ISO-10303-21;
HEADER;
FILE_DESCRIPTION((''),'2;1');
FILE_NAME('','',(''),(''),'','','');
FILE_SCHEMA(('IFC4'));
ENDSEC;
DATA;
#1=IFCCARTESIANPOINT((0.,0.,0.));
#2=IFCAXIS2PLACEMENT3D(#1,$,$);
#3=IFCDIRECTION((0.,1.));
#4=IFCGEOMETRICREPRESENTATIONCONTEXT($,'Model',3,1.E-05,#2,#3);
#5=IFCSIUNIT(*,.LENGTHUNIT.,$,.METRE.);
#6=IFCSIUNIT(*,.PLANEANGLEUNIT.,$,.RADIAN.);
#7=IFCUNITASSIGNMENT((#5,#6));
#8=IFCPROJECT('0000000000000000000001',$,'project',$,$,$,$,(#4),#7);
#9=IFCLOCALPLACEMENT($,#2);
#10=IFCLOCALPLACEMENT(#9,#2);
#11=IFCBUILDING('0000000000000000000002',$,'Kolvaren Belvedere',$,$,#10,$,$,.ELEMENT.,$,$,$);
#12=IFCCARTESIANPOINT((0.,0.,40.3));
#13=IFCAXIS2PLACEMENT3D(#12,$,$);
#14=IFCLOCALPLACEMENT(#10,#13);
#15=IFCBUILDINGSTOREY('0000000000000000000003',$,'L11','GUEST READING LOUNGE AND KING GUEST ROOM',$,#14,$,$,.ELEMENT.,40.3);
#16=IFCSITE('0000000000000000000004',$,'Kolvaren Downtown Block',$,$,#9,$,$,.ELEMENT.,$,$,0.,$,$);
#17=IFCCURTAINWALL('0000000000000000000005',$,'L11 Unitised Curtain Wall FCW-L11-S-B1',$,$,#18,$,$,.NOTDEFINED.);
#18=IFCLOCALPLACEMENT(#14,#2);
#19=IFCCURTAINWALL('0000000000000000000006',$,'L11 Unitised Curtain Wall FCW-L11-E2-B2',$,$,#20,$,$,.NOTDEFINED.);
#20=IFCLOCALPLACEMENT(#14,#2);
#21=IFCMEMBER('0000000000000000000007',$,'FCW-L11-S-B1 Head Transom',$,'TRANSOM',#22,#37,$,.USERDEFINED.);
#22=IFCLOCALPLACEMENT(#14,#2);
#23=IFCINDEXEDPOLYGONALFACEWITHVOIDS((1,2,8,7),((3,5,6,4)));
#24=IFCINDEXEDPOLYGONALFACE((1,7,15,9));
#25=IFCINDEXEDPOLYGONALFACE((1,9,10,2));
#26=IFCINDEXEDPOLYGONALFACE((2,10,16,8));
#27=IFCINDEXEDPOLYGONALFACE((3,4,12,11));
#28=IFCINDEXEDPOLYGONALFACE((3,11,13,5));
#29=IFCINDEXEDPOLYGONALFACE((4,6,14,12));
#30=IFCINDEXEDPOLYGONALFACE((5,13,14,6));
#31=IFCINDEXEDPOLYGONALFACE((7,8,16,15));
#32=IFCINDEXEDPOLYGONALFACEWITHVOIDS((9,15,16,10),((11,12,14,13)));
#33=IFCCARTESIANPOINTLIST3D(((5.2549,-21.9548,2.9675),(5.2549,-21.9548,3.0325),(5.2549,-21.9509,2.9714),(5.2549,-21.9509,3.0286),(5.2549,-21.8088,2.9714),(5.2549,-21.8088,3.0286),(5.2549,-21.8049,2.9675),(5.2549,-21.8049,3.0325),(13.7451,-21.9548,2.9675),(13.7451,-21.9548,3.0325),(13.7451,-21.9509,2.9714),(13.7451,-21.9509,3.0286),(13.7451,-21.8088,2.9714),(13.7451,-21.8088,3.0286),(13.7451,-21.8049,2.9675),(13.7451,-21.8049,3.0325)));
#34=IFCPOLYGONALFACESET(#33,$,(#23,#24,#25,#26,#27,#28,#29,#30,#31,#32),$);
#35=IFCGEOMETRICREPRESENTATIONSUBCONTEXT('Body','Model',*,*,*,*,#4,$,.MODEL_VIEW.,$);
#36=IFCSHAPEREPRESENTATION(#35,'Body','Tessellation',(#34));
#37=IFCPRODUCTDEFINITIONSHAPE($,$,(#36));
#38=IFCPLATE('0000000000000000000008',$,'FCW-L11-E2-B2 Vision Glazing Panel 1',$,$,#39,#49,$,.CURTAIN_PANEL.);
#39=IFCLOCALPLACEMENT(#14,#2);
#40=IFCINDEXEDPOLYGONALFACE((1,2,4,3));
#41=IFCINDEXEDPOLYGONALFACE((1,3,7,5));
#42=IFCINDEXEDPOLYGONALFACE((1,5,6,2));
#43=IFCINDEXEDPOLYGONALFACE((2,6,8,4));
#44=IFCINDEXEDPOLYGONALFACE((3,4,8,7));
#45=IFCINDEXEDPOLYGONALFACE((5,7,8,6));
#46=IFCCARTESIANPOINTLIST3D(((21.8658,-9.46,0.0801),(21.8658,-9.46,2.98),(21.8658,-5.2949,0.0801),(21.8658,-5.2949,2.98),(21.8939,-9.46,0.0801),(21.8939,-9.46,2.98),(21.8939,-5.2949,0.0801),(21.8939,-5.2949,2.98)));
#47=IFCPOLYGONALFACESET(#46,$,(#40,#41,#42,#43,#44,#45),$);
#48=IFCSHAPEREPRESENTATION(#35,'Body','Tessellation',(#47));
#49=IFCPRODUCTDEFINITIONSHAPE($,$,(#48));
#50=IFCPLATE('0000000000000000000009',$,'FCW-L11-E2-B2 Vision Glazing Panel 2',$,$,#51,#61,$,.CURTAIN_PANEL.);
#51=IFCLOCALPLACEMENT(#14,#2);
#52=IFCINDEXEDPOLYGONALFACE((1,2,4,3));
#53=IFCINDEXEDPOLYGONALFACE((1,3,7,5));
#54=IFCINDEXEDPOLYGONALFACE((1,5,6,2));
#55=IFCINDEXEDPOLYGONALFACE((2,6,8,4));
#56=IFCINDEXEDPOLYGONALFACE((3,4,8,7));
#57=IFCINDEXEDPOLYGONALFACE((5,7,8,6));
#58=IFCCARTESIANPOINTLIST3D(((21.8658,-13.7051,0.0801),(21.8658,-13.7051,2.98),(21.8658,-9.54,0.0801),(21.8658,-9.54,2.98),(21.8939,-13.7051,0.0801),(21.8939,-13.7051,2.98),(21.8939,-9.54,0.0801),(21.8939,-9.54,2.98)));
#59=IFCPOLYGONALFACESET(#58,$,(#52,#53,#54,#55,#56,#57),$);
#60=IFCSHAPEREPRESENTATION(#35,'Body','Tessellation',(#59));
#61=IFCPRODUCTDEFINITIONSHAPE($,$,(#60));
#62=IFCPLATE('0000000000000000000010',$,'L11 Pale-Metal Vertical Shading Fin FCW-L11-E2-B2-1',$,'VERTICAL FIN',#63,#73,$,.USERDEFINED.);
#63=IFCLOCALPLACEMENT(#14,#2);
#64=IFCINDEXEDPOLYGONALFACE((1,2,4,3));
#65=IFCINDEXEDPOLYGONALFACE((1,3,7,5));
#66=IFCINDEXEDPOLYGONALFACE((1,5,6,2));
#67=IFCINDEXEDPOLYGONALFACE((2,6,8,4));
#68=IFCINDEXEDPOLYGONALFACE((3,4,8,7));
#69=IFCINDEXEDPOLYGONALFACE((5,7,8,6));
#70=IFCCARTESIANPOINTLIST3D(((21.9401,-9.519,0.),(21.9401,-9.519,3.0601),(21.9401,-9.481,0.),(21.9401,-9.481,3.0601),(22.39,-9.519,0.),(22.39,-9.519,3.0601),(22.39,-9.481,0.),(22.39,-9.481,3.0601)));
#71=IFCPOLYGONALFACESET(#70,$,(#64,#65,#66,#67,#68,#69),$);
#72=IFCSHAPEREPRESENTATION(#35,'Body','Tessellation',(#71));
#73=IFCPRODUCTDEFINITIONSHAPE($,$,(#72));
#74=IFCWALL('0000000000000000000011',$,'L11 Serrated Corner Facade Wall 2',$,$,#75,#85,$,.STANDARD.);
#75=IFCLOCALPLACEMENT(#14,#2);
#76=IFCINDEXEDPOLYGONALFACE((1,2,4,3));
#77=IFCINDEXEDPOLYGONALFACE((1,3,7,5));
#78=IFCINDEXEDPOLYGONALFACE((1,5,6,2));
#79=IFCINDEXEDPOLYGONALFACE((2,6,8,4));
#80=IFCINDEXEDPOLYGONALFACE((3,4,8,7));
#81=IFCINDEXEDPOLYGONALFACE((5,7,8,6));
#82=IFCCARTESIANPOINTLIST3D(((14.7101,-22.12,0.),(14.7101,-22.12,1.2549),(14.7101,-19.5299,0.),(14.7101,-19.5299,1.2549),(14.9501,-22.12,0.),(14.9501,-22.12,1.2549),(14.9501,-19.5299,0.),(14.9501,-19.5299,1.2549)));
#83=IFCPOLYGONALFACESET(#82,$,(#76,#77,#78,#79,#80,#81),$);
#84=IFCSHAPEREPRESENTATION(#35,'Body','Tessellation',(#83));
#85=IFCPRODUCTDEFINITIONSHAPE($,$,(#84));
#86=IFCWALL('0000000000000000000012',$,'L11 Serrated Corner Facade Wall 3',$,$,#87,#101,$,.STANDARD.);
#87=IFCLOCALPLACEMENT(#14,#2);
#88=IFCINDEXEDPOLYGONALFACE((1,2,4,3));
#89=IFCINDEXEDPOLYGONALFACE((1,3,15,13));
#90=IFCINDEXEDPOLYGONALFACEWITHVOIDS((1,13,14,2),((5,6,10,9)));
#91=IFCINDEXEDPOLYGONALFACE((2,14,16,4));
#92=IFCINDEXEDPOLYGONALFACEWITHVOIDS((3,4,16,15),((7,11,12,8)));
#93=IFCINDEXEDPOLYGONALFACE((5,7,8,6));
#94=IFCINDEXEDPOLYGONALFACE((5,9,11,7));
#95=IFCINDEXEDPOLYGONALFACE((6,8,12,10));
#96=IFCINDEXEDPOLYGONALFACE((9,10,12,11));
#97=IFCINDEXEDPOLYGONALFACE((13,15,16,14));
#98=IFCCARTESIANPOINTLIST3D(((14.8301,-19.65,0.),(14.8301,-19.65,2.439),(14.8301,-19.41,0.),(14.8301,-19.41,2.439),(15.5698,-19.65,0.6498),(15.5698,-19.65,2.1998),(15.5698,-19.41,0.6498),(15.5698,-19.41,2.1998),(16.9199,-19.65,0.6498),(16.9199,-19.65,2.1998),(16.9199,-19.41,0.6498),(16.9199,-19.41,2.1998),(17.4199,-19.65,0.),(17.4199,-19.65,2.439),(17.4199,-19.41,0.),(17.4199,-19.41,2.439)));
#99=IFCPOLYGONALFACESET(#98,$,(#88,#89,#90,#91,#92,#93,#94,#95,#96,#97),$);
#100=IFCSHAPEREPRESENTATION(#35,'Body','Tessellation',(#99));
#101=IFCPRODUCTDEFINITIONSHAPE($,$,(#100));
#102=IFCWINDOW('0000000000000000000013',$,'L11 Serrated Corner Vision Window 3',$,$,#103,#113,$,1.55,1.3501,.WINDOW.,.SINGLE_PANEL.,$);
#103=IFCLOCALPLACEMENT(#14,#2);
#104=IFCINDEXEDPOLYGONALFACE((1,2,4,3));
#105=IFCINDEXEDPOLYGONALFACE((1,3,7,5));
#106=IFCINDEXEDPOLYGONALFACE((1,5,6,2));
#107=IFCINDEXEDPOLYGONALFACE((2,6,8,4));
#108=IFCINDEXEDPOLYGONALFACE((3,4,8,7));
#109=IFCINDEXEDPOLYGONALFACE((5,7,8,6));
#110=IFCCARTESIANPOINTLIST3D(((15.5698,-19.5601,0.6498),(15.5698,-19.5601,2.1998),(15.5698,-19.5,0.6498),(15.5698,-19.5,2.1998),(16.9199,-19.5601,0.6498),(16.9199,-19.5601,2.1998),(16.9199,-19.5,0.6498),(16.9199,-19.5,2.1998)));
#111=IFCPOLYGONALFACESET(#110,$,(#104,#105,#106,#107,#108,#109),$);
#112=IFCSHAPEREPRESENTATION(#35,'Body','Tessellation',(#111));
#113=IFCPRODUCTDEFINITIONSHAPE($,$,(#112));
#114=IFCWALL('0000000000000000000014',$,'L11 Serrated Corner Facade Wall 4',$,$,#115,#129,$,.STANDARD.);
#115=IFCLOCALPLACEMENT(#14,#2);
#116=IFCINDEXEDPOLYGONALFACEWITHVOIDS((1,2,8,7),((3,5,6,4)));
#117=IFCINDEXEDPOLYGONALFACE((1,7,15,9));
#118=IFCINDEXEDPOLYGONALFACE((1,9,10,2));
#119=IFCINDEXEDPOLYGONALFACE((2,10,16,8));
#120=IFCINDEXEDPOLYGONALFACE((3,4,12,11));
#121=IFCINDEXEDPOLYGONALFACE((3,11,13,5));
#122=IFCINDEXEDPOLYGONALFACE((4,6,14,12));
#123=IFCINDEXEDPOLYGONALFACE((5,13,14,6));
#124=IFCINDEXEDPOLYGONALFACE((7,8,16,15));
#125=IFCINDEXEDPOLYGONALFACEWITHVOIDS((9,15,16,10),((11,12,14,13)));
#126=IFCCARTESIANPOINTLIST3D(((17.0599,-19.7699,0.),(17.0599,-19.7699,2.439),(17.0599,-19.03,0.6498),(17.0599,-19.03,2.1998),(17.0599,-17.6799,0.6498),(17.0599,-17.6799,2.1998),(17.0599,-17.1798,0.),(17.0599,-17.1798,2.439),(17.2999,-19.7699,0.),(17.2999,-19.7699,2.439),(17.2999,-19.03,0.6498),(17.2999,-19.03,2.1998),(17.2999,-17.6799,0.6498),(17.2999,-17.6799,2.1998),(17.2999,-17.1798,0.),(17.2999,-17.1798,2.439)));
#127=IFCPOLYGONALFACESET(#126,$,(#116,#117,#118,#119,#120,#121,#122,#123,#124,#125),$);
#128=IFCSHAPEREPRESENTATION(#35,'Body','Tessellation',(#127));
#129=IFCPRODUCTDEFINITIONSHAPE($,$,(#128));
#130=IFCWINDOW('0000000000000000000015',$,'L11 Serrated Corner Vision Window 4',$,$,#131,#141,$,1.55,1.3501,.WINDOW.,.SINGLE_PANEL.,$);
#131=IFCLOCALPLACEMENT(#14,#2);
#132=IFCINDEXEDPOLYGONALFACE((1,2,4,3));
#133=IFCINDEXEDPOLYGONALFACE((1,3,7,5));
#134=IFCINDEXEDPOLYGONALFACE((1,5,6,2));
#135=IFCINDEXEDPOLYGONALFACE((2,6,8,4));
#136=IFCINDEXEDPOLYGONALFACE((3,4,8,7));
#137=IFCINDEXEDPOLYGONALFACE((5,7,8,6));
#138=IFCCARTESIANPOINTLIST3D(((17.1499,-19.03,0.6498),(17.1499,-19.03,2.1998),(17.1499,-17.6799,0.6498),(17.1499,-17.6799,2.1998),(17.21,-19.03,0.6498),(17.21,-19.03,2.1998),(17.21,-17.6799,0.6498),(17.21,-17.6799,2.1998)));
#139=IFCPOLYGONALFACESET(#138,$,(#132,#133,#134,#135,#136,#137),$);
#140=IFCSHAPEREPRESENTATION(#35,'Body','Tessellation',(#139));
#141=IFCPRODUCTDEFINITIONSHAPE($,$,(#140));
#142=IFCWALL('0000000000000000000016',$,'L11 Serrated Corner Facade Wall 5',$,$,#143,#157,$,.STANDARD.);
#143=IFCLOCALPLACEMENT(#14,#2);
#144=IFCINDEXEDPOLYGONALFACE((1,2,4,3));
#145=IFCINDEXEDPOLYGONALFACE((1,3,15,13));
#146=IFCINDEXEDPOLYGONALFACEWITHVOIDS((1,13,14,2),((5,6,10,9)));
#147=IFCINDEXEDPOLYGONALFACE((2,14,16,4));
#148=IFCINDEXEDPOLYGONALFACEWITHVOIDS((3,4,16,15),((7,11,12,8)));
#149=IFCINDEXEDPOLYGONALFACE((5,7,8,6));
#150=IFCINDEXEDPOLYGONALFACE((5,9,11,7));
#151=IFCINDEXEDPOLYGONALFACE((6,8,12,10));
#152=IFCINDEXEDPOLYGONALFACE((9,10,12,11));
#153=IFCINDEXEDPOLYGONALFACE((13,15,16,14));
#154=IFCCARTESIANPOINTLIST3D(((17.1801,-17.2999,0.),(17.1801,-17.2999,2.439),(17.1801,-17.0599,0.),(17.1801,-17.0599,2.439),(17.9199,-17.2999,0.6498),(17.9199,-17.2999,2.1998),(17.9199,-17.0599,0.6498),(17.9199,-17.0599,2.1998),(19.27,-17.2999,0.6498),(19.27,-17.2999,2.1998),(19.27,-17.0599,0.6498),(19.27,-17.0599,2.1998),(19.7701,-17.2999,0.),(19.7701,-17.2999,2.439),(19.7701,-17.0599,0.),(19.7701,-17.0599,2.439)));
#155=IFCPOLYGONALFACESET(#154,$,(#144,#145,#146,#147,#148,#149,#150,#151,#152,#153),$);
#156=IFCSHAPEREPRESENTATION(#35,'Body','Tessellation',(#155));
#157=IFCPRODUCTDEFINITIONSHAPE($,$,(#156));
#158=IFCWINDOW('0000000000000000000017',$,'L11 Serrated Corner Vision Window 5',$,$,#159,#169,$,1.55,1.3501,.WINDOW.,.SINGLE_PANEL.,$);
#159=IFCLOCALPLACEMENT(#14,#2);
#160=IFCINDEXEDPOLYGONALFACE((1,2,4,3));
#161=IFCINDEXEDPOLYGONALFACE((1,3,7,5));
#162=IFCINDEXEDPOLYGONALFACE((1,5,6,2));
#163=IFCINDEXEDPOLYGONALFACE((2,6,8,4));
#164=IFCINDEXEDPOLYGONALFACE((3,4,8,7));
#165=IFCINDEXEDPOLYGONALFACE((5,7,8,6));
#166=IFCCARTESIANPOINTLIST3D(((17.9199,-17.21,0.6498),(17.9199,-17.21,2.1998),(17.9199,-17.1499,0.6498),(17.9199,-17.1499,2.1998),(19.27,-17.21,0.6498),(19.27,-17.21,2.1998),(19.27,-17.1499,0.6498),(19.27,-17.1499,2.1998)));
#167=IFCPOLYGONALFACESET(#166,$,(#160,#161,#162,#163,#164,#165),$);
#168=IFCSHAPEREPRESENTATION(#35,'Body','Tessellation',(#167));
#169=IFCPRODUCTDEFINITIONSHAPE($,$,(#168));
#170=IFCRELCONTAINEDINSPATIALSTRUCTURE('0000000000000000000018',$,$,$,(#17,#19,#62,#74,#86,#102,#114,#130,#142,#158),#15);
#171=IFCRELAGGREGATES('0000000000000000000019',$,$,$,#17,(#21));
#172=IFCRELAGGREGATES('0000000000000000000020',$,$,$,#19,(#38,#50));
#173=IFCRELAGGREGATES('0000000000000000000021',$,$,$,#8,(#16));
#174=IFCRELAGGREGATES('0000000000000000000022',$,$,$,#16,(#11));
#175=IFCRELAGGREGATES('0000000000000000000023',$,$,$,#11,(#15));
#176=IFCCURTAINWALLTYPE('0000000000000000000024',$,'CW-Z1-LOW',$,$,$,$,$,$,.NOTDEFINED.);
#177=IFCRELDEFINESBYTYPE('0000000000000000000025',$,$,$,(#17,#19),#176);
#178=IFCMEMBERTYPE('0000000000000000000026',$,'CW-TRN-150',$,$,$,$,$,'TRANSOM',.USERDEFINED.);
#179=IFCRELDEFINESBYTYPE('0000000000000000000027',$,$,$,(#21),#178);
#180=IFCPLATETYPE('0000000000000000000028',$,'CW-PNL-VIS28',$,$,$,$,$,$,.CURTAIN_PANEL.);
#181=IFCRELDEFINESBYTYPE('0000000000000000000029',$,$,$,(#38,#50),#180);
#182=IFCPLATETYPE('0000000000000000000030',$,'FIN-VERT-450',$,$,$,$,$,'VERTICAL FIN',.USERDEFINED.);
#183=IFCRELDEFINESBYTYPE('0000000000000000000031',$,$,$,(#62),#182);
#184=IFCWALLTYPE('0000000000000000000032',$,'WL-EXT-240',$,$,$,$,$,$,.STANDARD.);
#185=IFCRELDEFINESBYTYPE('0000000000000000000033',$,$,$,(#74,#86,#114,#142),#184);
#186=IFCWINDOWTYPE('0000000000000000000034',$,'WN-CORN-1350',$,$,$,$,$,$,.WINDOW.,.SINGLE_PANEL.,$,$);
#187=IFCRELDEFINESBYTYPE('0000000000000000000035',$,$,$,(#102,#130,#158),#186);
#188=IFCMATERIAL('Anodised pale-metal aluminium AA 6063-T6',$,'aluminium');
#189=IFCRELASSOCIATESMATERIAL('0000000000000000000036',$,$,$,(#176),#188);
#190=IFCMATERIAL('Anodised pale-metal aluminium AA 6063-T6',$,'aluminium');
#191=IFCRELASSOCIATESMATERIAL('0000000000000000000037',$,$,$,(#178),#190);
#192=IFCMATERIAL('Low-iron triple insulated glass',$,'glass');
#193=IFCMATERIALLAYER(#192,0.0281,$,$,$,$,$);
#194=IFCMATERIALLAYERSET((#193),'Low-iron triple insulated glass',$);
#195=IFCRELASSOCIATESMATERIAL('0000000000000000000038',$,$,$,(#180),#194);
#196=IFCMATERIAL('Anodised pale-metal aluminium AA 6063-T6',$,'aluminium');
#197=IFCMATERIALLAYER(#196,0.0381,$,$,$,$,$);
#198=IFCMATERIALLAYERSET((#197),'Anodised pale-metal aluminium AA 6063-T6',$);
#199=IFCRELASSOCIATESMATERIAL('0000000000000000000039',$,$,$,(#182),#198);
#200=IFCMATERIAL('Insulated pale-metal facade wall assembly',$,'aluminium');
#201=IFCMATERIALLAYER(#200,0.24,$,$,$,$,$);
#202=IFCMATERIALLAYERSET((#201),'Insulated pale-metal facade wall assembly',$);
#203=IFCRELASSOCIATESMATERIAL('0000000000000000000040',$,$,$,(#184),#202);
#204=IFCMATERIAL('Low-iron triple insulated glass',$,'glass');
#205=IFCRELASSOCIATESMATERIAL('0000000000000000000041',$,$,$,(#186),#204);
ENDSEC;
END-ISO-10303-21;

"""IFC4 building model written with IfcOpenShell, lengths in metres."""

from ifc_helpers import new_model, si_unit, direction, frame, frame_2d, origin, origin_2d, place, context, subcontext, project, spatial, rectangle, hollow_rectangle, extrude, material, layer, layer_set, material_profile, profile_set, type_object, element, fill, aggregate, save


model = new_model("IFC4")

# Units and contexts
model_context = context("Model", 3, precision=1e-05, world=origin(), true_north=direction((0.0, 1.0)))
body_context = subcontext(model_context, "Body", "Model", "MODEL_VIEW")
ifc_project = project(units=[si_unit("LENGTHUNIT", "METRE"), si_unit("PLANEANGLEUNIT", "RADIAN")], contexts=[model_context])

# Site, building, storey
site_placement = place(None, origin())
site = spatial("IfcSite", under=ifc_project, at=site_placement, Name="Kolvaren Downtown Block", CompositionType="ELEMENT", RefElevation=0.0)
building_placement = place(site_placement, origin())
building = spatial("IfcBuilding", under=site, at=building_placement, Name="Kolvaren Belvedere", CompositionType="ELEMENT")
storey_placement = place(building_placement, frame((0.0, 0.0, 40.3)))
storey = spatial("IfcBuildingStorey", under=building, at=storey_placement, Name="L11", Description="GUEST READING LOUNGE AND KING GUEST ROOM", CompositionType="ELEMENT", Elevation=40.3)

# Curtain wall
ifc_material_1 = material(Name="Anodised pale-metal aluminium AA 6063-T6", Category="aluminium")
curtain_wall_type = type_object("IfcCurtainWallType", Name="CW-Z1-LOW", PredefinedType="NOTDEFINED", material=ifc_material_1)
curtain_wall_1_placement = place(storey_placement, origin())
curtain_wall_1 = element("IfcCurtainWall", 1, at=curtain_wall_1_placement, inside=storey, type_object=curtain_wall_type, Name="L11 Unitised Curtain Wall FCW-L11-S-B1", PredefinedType="NOTDEFINED")

# Curtain wall
curtain_wall_2_placement = place(storey_placement, origin())
curtain_wall_2 = element("IfcCurtainWall", 2, at=curtain_wall_2_placement, inside=storey, type_object=curtain_wall_type, Name="L11 Unitised Curtain Wall FCW-L11-E2-B2", PredefinedType="NOTDEFINED")

# Member
ifc_material_2 = material(Name="Anodised pale-metal aluminium AA 6063-T6", Category="aluminium")
ifc_material_profile_1 = material_profile(ifc_material_2, hollow_rectangle(XDim=0.0649, YDim=0.1499, WallThickness=0.0039, at=origin_2d()), Name="ALU-TRN-150X65")
ifc_profile_set_1 = profile_set([ifc_material_profile_1], Name="Anodised pale-metal aluminium AA 6063-T6")
member_type_1 = type_object("IfcMemberType", Name="CW-TRN-150", ElementType="TRANSOM", PredefinedType="USERDEFINED", material=ifc_profile_set_1)
member_1_placement = place(storey_placement, frame((13.7451, -21.8799, 3.0), z_axis=(-1.0, 0.0, 0.0), x_axis=(0.0, 0.0, 1.0)))
member_1 = element("IfcMember", 3, at=member_1_placement, type_object=member_type_1, Name="FCW-L11-S-B1 Head Transom", ObjectType="TRANSOM", PredefinedType="USERDEFINED", context=body_context, shape_type="SweptSolid", body=[
    extrude(hollow_rectangle(XDim=0.0649, YDim=0.1499, WallThickness=0.0039, at=origin_2d()), origin(), (0.0, 0.0, 1.0), 8.4902),
])
aggregate(curtain_wall_1, [member_1])

# Plates
ifc_material_3 = material(Name="Low-iron triple insulated glass", Category="glass")
ifc_layer_1 = layer(ifc_material_3, 0.0281)
ifc_layer_set_1 = layer_set([ifc_layer_1], Name="Low-iron triple insulated glass")
plate_type_1 = type_object("IfcPlateType", Name="CW-PNL-VIS28", PredefinedType="CURTAIN_PANEL", material=ifc_layer_set_1)
plate_1_placement = place(storey_placement, frame((21.8799, -7.3774, 0.0801), z_axis=(0.0, 0.0, 1.0), x_axis=(0.0, -1.0, 0.0)))
plate_1 = element("IfcPlate", 4, at=plate_1_placement, type_object=plate_type_1, Name="FCW-L11-E2-B2 Vision Glazing Panel 1", PredefinedType="CURTAIN_PANEL", context=body_context, shape_type="SweptSolid", body=[
    extrude(rectangle(XDim=4.165, YDim=0.0281, at=origin_2d()), origin(), (0.0, 0.0, 1.0), 2.8999),
])
plate_2_placement = place(storey_placement, frame((21.8799, -11.6226, 0.0801), z_axis=(0.0, 0.0, 1.0), x_axis=(0.0, -1.0, 0.0)))
plate_2 = element("IfcPlate", 5, at=plate_2_placement, type_object=plate_type_1, Name="FCW-L11-E2-B2 Vision Glazing Panel 2", PredefinedType="CURTAIN_PANEL", context=body_context, shape_type="SweptSolid", body=[
    extrude(rectangle(XDim=4.165, YDim=0.0281, at=origin_2d()), origin(), (0.0, 0.0, 1.0), 2.8999),
])
aggregate(curtain_wall_2, [plate_1, plate_2])
ifc_material_4 = material(Name="Anodised pale-metal aluminium AA 6063-T6", Category="aluminium")
ifc_layer_2 = layer(ifc_material_4, 0.0381)
ifc_layer_set_2 = layer_set([ifc_layer_2], Name="Anodised pale-metal aluminium AA 6063-T6")
plate_type_2 = type_object("IfcPlateType", Name="FIN-VERT-450", ElementType="VERTICAL FIN", PredefinedType="USERDEFINED", material=ifc_layer_set_2)
plate_3_placement = place(storey_placement, frame((22.165, -9.5, 0.0), z_axis=(0.0, 0.0, 1.0), x_axis=(1.0, 0.0, 0.0)))
element("IfcPlate", 6, at=plate_3_placement, inside=storey, type_object=plate_type_2, Name="L11 Pale-Metal Vertical Shading Fin FCW-L11-E2-B2-1", ObjectType="VERTICAL FIN", PredefinedType="USERDEFINED", context=body_context, shape_type="SweptSolid", body=[
    extrude(rectangle(XDim=0.45, YDim=0.0381, at=origin_2d()), origin(), (0.0, 0.0, 1.0), 3.0601),
])

# Wall
ifc_material_5 = material(Name="Insulated pale-metal facade wall assembly", Category="aluminium")
ifc_layer_3 = layer(ifc_material_5, 0.24)
ifc_layer_set_3 = layer_set([ifc_layer_3], Name="Insulated pale-metal facade wall assembly")
wall_type_1 = type_object("IfcWallType", Name="WL-EXT-240", PredefinedType="STANDARD", material=ifc_layer_set_3)
wall_1_placement = place(storey_placement, frame((14.8301, -19.53, 0.0), z_axis=(0.0, 0.0, 1.0), x_axis=(0.0, -1.0, 0.0)))
element("IfcWall", 7, at=wall_1_placement, inside=storey, type_object=wall_type_1, Name="L11 Serrated Corner Facade Wall 2", PredefinedType="STANDARD", context=body_context, shape_type="SweptSolid", body=[
    extrude(rectangle(XDim=2.5901, YDim=0.24, at=frame_2d((1.2949, 0.0))), origin(), (0.0, 0.0, 1.0), 1.2549),
])

# Walls, openings, windows
wall_2_placement = place(storey_placement, frame((17.4199, -19.53, 0.0), z_axis=(0.0, 0.0, 1.0), x_axis=(-1.0, 0.0, 0.0)))
wall_2 = element("IfcWall", 8, at=wall_2_placement, inside=storey, type_object=wall_type_1, Name="L11 Serrated Corner Facade Wall 3", PredefinedType="STANDARD", context=body_context, shape_type="SweptSolid", body=[
    extrude(rectangle(XDim=2.5898, YDim=0.24, at=frame_2d((1.2949, 0.0))), origin(), (0.0, 0.0, 1.0), 2.439),
])
opening_1_placement = place(wall_2_placement, frame((0.5, 0.0, 0.6499)))
opening_1 = element("IfcOpeningElement", 9, at=opening_1_placement, cuts=wall_2, PredefinedType="OPENING", context=body_context, shape_type="SweptSolid", body=[
    extrude(rectangle(XDim=1.3501, YDim=1.55, at=frame_2d((0.675, 0.7749))), frame((0.0, 0.1299, 0.0), z_axis=(0.0, -1.0, 0.0), x_axis=(1.0, 0.0, 0.0)), (0.0, 0.0, 1.0), 0.26),
])
ifc_material_6 = material(Name="Low-iron triple insulated glass", Category="glass")
window_type = type_object("IfcWindowType", Name="WN-CORN-1350", PartitioningType="SINGLE_PANEL", PredefinedType="WINDOW", material=ifc_material_6)
window_1_placement = place(opening_1_placement, origin())
window_1 = element("IfcWindow", 10, at=window_1_placement, inside=storey, type_object=window_type, Name="L11 Serrated Corner Vision Window 3", OverallHeight=1.55, OverallWidth=1.3501, PartitioningType="SINGLE_PANEL", PredefinedType="WINDOW", context=body_context, shape_type="SweptSolid", body=[
    extrude(rectangle(XDim=1.3501, YDim=1.55, at=frame_2d((0.675, 0.7749))), frame((0.0, 0.03, 0.0), z_axis=(0.0, -1.0, 0.0), x_axis=(1.0, 0.0, 0.0)), (0.0, 0.0, 1.0), 0.0601),
])
fill(opening_1, window_1)
wall_3_placement = place(storey_placement, frame((17.1799, -17.1799, 0.0), z_axis=(0.0, 0.0, 1.0), x_axis=(0.0, -1.0, 0.0)))
wall_3 = element("IfcWall", 11, at=wall_3_placement, inside=storey, type_object=wall_type_1, Name="L11 Serrated Corner Facade Wall 4", PredefinedType="STANDARD", context=body_context, shape_type="SweptSolid", body=[
    extrude(rectangle(XDim=2.5901, YDim=0.24, at=frame_2d((1.2949, 0.0))), origin(), (0.0, 0.0, 1.0), 2.439),
])
opening_2_placement = place(wall_3_placement, frame((0.5, 0.0, 0.6499)))
opening_2 = element("IfcOpeningElement", 12, at=opening_2_placement, cuts=wall_3, PredefinedType="OPENING", context=body_context, shape_type="SweptSolid", body=[
    extrude(rectangle(XDim=1.3501, YDim=1.55, at=frame_2d((0.675, 0.7749))), frame((0.0, 0.1299, 0.0), z_axis=(0.0, -1.0, 0.0), x_axis=(1.0, 0.0, 0.0)), (0.0, 0.0, 1.0), 0.26),
])
window_2_placement = place(opening_2_placement, origin())
window_2 = element("IfcWindow", 13, at=window_2_placement, inside=storey, type_object=window_type, Name="L11 Serrated Corner Vision Window 4", OverallHeight=1.55, OverallWidth=1.3501, PartitioningType="SINGLE_PANEL", PredefinedType="WINDOW", context=body_context, shape_type="SweptSolid", body=[
    extrude(rectangle(XDim=1.3501, YDim=1.55, at=frame_2d((0.675, 0.7749))), frame((0.0, 0.03, 0.0), z_axis=(0.0, -1.0, 0.0), x_axis=(1.0, 0.0, 0.0)), (0.0, 0.0, 1.0), 0.0601),
])
fill(opening_2, window_2)
wall_4_placement = place(storey_placement, frame((19.77, -17.1799, 0.0), z_axis=(0.0, 0.0, 1.0), x_axis=(-1.0, 0.0, 0.0)))
wall_4 = element("IfcWall", 14, at=wall_4_placement, inside=storey, type_object=wall_type_1, Name="L11 Serrated Corner Facade Wall 5", PredefinedType="STANDARD", context=body_context, shape_type="SweptSolid", body=[
    extrude(rectangle(XDim=2.5901, YDim=0.24, at=frame_2d((1.2949, 0.0))), origin(), (0.0, 0.0, 1.0), 2.439),
])
opening_3_placement = place(wall_4_placement, frame((0.5, 0.0, 0.6499)))
opening_3 = element("IfcOpeningElement", 15, at=opening_3_placement, cuts=wall_4, PredefinedType="OPENING", context=body_context, shape_type="SweptSolid", body=[
    extrude(rectangle(XDim=1.3501, YDim=1.55, at=frame_2d((0.675, 0.7749))), frame((0.0, 0.1299, 0.0), z_axis=(0.0, -1.0, 0.0), x_axis=(1.0, 0.0, 0.0)), (0.0, 0.0, 1.0), 0.26),
])
window_3_placement = place(opening_3_placement, origin())
window_3 = element("IfcWindow", 16, at=window_3_placement, inside=storey, type_object=window_type, Name="L11 Serrated Corner Vision Window 5", OverallHeight=1.55, OverallWidth=1.3501, PartitioningType="SINGLE_PANEL", PredefinedType="WINDOW", context=body_context, shape_type="SweptSolid", body=[
    extrude(rectangle(XDim=1.3501, YDim=1.55, at=frame_2d((0.675, 0.7749))), frame((0.0, 0.03, 0.0), z_axis=(0.0, -1.0, 0.0), x_axis=(1.0, 0.0, 0.0)), (0.0, 0.0, 1.0), 0.0601),
])
fill(opening_3, window_3)

save(model, "model.ifc")
